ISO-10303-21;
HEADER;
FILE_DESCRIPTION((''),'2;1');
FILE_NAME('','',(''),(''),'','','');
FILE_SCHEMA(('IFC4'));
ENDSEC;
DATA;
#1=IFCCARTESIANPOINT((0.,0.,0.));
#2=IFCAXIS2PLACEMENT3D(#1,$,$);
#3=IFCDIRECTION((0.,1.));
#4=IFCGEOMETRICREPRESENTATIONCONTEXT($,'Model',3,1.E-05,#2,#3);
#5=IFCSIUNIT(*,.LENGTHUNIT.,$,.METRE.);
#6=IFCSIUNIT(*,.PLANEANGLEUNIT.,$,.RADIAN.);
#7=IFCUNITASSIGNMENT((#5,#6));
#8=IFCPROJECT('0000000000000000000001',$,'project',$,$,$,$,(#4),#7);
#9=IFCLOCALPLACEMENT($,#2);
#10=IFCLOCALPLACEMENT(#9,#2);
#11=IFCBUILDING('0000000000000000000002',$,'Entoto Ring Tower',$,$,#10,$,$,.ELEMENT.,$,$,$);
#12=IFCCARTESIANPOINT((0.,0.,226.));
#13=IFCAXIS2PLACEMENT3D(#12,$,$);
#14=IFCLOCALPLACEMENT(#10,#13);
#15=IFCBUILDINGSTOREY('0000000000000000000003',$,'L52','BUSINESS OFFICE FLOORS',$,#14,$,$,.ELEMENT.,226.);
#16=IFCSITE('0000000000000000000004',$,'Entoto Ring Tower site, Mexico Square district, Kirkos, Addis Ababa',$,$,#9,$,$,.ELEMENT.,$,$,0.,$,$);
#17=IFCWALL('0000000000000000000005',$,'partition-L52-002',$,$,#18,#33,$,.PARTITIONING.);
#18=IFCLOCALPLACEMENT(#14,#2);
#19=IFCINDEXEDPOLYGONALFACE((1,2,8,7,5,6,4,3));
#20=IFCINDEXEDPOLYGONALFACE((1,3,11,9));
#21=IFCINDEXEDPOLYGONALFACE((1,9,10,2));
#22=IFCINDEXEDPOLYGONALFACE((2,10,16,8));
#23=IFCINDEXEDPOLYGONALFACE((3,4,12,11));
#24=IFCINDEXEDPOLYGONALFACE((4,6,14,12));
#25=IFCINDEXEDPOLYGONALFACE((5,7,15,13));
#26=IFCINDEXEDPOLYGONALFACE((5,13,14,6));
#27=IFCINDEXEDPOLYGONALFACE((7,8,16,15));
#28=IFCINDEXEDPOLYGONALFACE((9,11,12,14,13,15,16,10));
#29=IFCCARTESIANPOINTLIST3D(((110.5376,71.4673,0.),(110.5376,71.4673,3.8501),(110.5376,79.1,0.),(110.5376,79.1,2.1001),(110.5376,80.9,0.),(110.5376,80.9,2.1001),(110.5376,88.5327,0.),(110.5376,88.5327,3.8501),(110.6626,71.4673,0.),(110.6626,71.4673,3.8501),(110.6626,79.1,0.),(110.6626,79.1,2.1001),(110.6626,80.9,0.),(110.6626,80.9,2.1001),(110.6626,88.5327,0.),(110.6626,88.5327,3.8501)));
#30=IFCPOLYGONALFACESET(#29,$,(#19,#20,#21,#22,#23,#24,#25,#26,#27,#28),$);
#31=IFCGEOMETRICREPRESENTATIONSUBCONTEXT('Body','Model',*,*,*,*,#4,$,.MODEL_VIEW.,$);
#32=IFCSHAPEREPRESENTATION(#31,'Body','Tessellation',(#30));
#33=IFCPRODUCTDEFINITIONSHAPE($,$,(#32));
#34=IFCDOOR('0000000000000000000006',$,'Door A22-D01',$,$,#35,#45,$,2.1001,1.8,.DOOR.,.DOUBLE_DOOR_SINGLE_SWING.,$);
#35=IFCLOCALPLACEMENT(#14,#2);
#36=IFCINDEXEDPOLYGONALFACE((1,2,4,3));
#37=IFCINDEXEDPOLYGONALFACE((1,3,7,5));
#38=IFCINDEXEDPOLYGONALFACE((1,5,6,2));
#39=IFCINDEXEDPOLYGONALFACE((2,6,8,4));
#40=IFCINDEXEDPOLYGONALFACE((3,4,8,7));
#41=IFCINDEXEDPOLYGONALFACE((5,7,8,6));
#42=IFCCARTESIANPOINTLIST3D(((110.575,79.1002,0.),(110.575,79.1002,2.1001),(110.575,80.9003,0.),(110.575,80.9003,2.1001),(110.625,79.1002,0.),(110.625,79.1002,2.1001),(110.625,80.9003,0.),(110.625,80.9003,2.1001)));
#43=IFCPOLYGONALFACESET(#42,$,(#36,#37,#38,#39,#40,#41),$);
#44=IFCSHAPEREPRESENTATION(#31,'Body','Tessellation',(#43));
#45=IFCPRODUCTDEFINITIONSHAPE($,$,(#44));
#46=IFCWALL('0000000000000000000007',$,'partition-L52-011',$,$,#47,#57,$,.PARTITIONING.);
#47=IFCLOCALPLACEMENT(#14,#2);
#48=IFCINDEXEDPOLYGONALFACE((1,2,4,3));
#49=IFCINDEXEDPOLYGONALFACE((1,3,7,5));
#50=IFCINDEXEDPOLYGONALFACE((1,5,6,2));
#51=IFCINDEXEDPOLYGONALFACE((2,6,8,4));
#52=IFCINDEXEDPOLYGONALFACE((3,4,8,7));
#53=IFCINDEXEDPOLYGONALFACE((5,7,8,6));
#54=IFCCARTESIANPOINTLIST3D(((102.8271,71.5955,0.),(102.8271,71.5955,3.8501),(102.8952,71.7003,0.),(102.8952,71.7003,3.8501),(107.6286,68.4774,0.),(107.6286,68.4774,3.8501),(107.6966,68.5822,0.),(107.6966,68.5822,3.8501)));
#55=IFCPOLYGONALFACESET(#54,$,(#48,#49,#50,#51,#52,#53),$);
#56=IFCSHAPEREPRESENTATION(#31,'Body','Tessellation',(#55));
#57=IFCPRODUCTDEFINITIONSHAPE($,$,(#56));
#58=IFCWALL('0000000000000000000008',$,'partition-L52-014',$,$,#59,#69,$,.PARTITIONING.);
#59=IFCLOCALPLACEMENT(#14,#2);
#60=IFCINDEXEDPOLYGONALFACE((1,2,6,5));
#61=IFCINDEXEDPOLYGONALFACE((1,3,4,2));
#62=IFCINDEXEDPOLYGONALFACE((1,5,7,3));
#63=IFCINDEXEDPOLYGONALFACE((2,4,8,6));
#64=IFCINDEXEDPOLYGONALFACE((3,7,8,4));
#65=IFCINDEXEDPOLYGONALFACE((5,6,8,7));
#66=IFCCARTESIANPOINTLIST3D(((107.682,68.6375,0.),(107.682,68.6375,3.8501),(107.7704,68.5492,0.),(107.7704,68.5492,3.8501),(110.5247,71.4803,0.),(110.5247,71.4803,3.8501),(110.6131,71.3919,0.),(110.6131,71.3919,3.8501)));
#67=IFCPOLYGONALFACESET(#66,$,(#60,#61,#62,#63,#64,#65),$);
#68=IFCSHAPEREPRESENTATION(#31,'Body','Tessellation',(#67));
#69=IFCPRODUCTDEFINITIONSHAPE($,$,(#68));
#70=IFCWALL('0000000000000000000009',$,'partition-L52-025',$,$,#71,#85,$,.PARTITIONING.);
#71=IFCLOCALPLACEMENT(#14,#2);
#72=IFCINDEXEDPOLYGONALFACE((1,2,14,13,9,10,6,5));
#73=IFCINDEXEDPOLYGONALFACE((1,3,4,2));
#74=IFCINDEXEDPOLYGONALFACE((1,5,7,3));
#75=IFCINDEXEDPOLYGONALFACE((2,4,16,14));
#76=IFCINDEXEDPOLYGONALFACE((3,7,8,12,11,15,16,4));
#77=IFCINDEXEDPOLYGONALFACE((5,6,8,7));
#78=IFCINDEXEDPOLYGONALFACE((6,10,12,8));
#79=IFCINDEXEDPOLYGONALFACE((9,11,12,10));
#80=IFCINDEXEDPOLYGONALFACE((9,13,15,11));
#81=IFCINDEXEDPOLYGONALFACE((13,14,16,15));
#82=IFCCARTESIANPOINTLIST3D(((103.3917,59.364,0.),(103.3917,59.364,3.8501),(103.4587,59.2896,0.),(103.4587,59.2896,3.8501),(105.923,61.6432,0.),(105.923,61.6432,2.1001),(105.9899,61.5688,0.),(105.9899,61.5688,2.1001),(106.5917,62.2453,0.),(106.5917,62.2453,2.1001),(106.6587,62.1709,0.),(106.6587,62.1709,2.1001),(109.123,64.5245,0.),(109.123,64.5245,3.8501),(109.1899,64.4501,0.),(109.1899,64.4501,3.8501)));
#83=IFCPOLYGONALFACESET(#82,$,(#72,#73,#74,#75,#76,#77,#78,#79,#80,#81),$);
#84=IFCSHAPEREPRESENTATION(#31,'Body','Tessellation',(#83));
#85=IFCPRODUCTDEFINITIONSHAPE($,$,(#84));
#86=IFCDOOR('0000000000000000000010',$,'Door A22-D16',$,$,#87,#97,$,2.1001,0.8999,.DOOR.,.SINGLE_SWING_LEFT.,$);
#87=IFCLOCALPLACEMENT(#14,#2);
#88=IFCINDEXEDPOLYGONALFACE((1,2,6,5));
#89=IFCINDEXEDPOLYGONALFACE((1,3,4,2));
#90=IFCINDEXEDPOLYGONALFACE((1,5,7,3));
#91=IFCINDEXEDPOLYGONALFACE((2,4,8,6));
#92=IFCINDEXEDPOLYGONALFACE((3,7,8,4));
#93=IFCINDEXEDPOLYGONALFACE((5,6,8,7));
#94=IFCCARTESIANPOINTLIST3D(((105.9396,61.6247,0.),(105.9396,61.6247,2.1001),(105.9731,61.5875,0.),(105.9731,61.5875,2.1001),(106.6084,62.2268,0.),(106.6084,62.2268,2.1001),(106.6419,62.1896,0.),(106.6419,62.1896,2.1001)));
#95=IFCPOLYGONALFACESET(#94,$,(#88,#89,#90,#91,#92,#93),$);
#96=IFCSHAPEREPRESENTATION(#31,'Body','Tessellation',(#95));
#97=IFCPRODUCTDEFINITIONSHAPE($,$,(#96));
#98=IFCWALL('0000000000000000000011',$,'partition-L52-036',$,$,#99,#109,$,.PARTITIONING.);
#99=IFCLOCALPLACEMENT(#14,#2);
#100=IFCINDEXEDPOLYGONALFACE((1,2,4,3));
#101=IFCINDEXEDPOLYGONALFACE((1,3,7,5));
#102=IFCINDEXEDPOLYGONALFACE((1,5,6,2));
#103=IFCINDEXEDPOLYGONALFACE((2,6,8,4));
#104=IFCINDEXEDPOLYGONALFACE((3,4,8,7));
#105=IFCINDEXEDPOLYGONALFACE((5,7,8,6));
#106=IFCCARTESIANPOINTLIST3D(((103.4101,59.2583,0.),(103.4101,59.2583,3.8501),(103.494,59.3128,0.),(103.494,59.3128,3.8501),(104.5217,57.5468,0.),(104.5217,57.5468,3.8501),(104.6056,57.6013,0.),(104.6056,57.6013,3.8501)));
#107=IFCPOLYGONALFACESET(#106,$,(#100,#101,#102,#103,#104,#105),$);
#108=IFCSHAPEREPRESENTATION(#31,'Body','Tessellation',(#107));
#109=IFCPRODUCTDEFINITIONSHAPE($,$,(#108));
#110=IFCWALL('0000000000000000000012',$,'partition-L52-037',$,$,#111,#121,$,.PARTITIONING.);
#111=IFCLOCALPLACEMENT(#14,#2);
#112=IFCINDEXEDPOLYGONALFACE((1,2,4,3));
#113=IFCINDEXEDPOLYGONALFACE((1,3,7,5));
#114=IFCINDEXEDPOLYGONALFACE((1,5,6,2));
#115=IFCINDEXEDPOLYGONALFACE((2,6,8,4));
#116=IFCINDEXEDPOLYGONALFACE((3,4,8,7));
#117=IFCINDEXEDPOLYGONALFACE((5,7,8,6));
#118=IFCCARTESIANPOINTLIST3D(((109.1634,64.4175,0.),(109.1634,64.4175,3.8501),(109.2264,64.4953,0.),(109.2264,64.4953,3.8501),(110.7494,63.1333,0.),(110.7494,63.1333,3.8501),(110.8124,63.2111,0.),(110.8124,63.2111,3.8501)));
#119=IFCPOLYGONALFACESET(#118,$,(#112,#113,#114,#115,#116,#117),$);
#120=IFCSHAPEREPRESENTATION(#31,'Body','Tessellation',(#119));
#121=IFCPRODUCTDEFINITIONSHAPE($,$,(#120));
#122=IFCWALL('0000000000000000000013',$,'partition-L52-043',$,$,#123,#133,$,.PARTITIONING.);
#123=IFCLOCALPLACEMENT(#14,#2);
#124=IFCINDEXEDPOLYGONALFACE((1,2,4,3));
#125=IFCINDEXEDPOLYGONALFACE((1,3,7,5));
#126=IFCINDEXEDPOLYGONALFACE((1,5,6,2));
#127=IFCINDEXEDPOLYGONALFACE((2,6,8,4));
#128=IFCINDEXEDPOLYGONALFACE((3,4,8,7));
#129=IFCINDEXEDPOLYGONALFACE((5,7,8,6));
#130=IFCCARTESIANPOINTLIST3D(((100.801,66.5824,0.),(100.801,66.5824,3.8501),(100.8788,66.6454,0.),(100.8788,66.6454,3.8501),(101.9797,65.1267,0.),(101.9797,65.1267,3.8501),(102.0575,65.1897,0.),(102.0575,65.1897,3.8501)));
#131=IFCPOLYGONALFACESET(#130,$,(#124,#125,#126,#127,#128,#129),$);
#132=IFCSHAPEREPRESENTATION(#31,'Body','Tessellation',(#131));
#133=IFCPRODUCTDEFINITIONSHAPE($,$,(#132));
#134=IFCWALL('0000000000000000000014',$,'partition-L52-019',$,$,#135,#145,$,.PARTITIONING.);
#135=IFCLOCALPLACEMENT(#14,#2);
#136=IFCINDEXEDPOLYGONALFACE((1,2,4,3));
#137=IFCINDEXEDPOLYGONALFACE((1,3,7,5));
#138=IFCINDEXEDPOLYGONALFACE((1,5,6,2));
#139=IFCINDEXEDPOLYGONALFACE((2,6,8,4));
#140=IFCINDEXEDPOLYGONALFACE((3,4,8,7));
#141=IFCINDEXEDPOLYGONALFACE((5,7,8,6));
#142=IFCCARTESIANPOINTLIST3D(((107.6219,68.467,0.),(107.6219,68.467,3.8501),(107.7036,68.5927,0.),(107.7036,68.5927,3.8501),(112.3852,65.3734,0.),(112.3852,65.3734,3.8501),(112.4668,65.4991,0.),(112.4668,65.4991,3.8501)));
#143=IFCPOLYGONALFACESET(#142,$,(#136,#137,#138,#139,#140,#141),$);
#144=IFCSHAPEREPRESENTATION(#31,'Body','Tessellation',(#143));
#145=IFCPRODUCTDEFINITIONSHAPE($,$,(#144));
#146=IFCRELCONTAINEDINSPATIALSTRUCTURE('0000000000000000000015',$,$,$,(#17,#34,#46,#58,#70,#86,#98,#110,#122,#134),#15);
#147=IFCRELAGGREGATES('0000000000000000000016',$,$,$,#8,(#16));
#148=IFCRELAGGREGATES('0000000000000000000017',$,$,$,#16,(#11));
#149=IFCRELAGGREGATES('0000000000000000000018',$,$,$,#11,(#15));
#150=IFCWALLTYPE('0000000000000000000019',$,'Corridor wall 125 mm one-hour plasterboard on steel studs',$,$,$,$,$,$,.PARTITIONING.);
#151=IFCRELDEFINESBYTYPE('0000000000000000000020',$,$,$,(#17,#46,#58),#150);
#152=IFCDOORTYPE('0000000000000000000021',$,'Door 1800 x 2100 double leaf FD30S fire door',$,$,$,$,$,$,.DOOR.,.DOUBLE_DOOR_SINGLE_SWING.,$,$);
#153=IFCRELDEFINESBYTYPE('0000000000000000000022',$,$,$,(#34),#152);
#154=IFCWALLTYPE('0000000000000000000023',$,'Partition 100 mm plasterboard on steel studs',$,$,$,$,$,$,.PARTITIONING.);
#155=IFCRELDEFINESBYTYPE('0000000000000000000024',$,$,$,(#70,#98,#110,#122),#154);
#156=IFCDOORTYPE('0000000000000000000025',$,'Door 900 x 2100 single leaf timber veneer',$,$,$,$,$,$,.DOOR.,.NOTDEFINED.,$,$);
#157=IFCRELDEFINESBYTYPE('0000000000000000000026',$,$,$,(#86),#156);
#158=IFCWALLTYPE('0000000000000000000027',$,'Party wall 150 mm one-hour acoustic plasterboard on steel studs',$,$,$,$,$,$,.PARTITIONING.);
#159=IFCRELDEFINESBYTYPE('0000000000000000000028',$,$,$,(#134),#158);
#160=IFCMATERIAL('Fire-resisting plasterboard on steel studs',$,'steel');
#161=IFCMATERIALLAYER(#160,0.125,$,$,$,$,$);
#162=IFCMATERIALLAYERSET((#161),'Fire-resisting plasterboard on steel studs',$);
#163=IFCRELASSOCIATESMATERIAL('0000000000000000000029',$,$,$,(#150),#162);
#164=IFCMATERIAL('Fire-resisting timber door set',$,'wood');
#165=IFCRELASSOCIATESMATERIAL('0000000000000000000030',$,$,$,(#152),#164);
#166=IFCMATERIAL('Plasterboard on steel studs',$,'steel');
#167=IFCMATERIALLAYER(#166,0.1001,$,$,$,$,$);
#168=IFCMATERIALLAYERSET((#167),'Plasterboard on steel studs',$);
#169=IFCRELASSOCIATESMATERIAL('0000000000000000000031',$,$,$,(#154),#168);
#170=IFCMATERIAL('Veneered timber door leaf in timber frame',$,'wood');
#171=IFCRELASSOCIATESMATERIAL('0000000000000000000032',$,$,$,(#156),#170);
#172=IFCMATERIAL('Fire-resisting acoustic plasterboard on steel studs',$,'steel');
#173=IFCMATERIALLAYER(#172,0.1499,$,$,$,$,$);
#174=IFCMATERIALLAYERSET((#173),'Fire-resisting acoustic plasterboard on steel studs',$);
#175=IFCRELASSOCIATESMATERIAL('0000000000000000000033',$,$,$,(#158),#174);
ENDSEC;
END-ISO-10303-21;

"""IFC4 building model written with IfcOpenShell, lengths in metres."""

from ifc_helpers import new_model, si_unit, direction, frame, frame_2d, origin, place, context, subcontext, project, spatial, rectangle, extrude, material, layer, layer_set, type_object, element, fill, save


model = new_model("IFC4")

# Units and contexts
model_context = context("Model", 3, precision=1e-05, world=origin(), true_north=direction((0.0, 1.0)))
body_context = subcontext(model_context, "Body", "Model", "MODEL_VIEW")
ifc_project = project(units=[si_unit("LENGTHUNIT", "METRE"), si_unit("PLANEANGLEUNIT", "RADIAN")], contexts=[model_context])

# Site, building, storey
site_placement = place(None, origin())
site = spatial("IfcSite", under=ifc_project, at=site_placement, Name="Entoto Ring Tower site, Mexico Square district, Kirkos, Addis Ababa", CompositionType="ELEMENT", RefElevation=0.0)
building_placement = place(site_placement, origin())
building = spatial("IfcBuilding", under=site, at=building_placement, Name="Entoto Ring Tower", CompositionType="ELEMENT")
storey_placement = place(building_placement, frame((0.0, 0.0, 226.0)))
storey = spatial("IfcBuildingStorey", under=building, at=storey_placement, Name="L52", Description="BUSINESS OFFICE FLOORS", CompositionType="ELEMENT", Elevation=226.0)

# Wall, opening, door
ifc_material_1 = material(Name="Fire-resisting plasterboard on steel studs", Category="steel")
ifc_layer_1 = layer(ifc_material_1, 0.125)
ifc_layer_set_1 = layer_set([ifc_layer_1], Name="Fire-resisting plasterboard on steel studs")
wall_type_1 = type_object("IfcWallType", Name="Corridor wall 125 mm one-hour plasterboard on steel studs", PredefinedType="PARTITIONING", material=ifc_layer_set_1)
wall_1_placement = place(storey_placement, frame((110.6001, 71.4673, 0.0), z_axis=(0.0, 0.0, 1.0), x_axis=(0.0, 1.0, 0.0)))
wall_1 = element("IfcWall", 1, at=wall_1_placement, inside=storey, type_object=wall_type_1, Name="partition-L52-002", PredefinedType="PARTITIONING", context=body_context, shape_type="SweptSolid", body=[
    extrude(rectangle(XDim=17.0654, YDim=0.125, at=frame_2d((8.5327, 0.0))), origin(), (0.0, 0.0, 1.0), 3.8501),
])
opening_1_placement = place(wall_1_placement, frame((7.6328, 0.0, 0.0)))
opening_1 = element("IfcOpeningElement", 2, at=opening_1_placement, cuts=wall_1, PredefinedType="OPENING", context=body_context, shape_type="SweptSolid", body=[
    extrude(rectangle(XDim=1.8, YDim=2.1001, at=frame_2d((0.8999, 1.05))), frame((0.0, 0.0725, 0.0), z_axis=(0.0, -1.0, 0.0), x_axis=(1.0, 0.0, 0.0)), (0.0, 0.0, 1.0), 0.145),
])
ifc_material_2 = material(Name="Fire-resisting timber door set", Category="wood")
door_type_1 = type_object("IfcDoorType", Name="Door 1800 x 2100 double leaf FD30S fire door", OperationType="DOUBLE_DOOR_SINGLE_SWING", PredefinedType="DOOR", material=ifc_material_2)
door_1_placement = place(opening_1_placement, frame((1.8, 0.0, 0.0), z_axis=(0.0, 0.0, 1.0), x_axis=(-1.0, 0.0, 0.0)))
door_1 = element("IfcDoor", 3, at=door_1_placement, inside=storey, type_object=door_type_1, Name="Door A22-D01", OperationType="DOUBLE_DOOR_SINGLE_SWING", OverallHeight=2.1001, OverallWidth=1.8, PredefinedType="DOOR", context=body_context, shape_type="SweptSolid", body=[
    extrude(rectangle(XDim=1.8, YDim=2.1001, at=frame_2d((0.8999, 1.05))), frame((0.0, 0.0249, 0.0), z_axis=(0.0, -1.0, 0.0), x_axis=(1.0, 0.0, 0.0)), (0.0, 0.0, 1.0), 0.05),
])
fill(opening_1, door_1)

# Walls
wall_2_placement = place(storey_placement, frame((107.6626, 68.5298, 0.0), z_axis=(0.0, 0.0, 1.0), x_axis=(-0.838669, 0.544642, 0.0)))
element("IfcWall", 4, at=wall_2_placement, inside=storey, type_object=wall_type_1, Name="partition-L52-011", PredefinedType="PARTITIONING", context=body_context, shape_type="SweptSolid", body=[
    extrude(rectangle(XDim=5.7251, YDim=0.125, at=frame_2d((2.8625, 0.0))), origin(), (0.0, 0.0, 1.0), 3.8501),
])
wall_3_placement = place(storey_placement, frame((107.7261, 68.5933, 0.0), z_axis=(0.0, 0.0, 1.0), x_axis=(0.707107, 0.707107, 0.0)))
element("IfcWall", 5, at=wall_3_placement, inside=storey, type_object=wall_type_1, Name="partition-L52-014", PredefinedType="PARTITIONING", context=body_context, shape_type="SweptSolid", body=[
    extrude(rectangle(XDim=4.0203, YDim=0.125, at=frame_2d((2.0103, 0.0))), origin(), (0.0, 0.0, 1.0), 3.8501),
])

# Wall, opening, door
ifc_material_3 = material(Name="Plasterboard on steel studs", Category="steel")
ifc_layer_2 = layer(ifc_material_3, 0.1001)
ifc_layer_set_2 = layer_set([ifc_layer_2], Name="Plasterboard on steel studs")
wall_type_2 = type_object("IfcWallType", Name="Partition 100 mm plasterboard on steel studs", PredefinedType="PARTITIONING", material=ifc_layer_set_2)
wall_4_placement = place(storey_placement, frame((103.4253, 59.3269, 0.0), z_axis=(0.0, 0.0, 1.0), x_axis=(0.743145, 0.669131, 0.0)))
wall_4 = element("IfcWall", 6, at=wall_4_placement, inside=storey, type_object=wall_type_2, Name="partition-L52-025", PredefinedType="PARTITIONING", context=body_context, shape_type="SweptSolid", body=[
    extrude(rectangle(XDim=7.7122, YDim=0.1001, at=frame_2d((3.856, 0.0))), origin(), (0.0, 0.0, 1.0), 3.8501),
])
opening_2_placement = place(wall_4_placement, frame((3.406, 0.0, 0.0)))
opening_2 = element("IfcOpeningElement", 7, at=opening_2_placement, cuts=wall_4, PredefinedType="OPENING", context=body_context, shape_type="SweptSolid", body=[
    extrude(rectangle(XDim=0.8999, YDim=2.1001, at=frame_2d((0.45, 1.05))), frame((0.0, 0.0601, 0.0), z_axis=(0.0, -1.0, 0.0), x_axis=(1.0, 0.0, 0.0)), (0.0, 0.0, 1.0), 0.1201),
])
ifc_material_4 = material(Name="Veneered timber door leaf in timber frame", Category="wood")
door_type_2 = type_object("IfcDoorType", Name="Door 900 x 2100 single leaf timber veneer", OperationType="NOTDEFINED", PredefinedType="DOOR", material=ifc_material_4)
door_2_placement = place(opening_2_placement, frame((0.8999, 0.0, 0.0), z_axis=(0.0, 0.0, 1.0), x_axis=(-1.0, 0.0, 0.0)))
door_2 = element("IfcDoor", 8, at=door_2_placement, inside=storey, type_object=door_type_2, Name="Door A22-D16", OperationType="SINGLE_SWING_LEFT", OverallHeight=2.1001, OverallWidth=0.8999, PredefinedType="DOOR", context=body_context, shape_type="SweptSolid", body=[
    extrude(rectangle(XDim=0.8999, YDim=2.1001, at=frame_2d((0.45, 1.05))), frame((0.0, 0.0249, 0.0), z_axis=(0.0, -1.0, 0.0), x_axis=(1.0, 0.0, 0.0)), (0.0, 0.0, 1.0), 0.05),
])
fill(opening_2, door_2)

# Walls
for number, where, z_axis, x_axis, name in (
    (9, (104.5637, 57.574, 0.0), (0.0, 0.0, 1.0), (-0.544694, 0.838635, 0.0), "partition-L52-036"),
    (10, (110.781, 63.1721, 0.0), (0.0, 0.0, 1.0), (-0.777167, 0.629295, 0.0), "partition-L52-037"),
):
    element("IfcWall", number, at=place(storey_placement, frame(where, z_axis=z_axis, x_axis=x_axis)), inside=storey, type_object=wall_type_2, Name=name, PredefinedType="PARTITIONING", context=body_context, shape_type="SweptSolid", body=[
        extrude(rectangle(XDim=2.0408, YDim=0.1001, at=frame_2d((1.0205, 0.0))), origin(), (0.0, 0.0, 1.0), 3.8501),
    ])
wall_5_placement = place(storey_placement, frame((102.0186, 65.1582, 0.0), z_axis=(0.0, 0.0, 1.0), x_axis=(-0.629262, 0.777193, 0.0)))
element("IfcWall", 11, at=wall_5_placement, inside=storey, type_object=wall_type_2, Name="partition-L52-043", PredefinedType="PARTITIONING", context=body_context, shape_type="SweptSolid", body=[
    extrude(rectangle(XDim=1.873, YDim=0.1001, at=frame_2d((0.9365, 0.0))), origin(), (0.0, 0.0, 1.0), 3.8501),
])
ifc_material_5 = material(Name="Fire-resisting acoustic plasterboard on steel studs", Category="steel")
ifc_layer_3 = layer(ifc_material_5, 0.1499)
ifc_layer_set_3 = layer_set([ifc_layer_3], Name="Fire-resisting acoustic plasterboard on steel studs")
wall_type_3 = type_object("IfcWallType", Name="Party wall 150 mm one-hour acoustic plasterboard on steel studs", PredefinedType="PARTITIONING", material=ifc_layer_set_3)
wall_6_placement = place(storey_placement, frame((112.426, 65.4363, 0.0), z_axis=(0.0, 0.0, 1.0), x_axis=(-0.83865, 0.544671, 0.0)))
element("IfcWall", 12, at=wall_6_placement, inside=storey, type_object=wall_type_3, Name="partition-L52-019", PredefinedType="PARTITIONING", context=body_context, shape_type="SweptSolid", body=[
    extrude(rectangle(XDim=5.6797, YDim=0.1499, at=frame_2d((2.8398, 0.0))), origin(), (0.0, 0.0, 1.0), 3.8501),
])

save(model, "model.ifc")
